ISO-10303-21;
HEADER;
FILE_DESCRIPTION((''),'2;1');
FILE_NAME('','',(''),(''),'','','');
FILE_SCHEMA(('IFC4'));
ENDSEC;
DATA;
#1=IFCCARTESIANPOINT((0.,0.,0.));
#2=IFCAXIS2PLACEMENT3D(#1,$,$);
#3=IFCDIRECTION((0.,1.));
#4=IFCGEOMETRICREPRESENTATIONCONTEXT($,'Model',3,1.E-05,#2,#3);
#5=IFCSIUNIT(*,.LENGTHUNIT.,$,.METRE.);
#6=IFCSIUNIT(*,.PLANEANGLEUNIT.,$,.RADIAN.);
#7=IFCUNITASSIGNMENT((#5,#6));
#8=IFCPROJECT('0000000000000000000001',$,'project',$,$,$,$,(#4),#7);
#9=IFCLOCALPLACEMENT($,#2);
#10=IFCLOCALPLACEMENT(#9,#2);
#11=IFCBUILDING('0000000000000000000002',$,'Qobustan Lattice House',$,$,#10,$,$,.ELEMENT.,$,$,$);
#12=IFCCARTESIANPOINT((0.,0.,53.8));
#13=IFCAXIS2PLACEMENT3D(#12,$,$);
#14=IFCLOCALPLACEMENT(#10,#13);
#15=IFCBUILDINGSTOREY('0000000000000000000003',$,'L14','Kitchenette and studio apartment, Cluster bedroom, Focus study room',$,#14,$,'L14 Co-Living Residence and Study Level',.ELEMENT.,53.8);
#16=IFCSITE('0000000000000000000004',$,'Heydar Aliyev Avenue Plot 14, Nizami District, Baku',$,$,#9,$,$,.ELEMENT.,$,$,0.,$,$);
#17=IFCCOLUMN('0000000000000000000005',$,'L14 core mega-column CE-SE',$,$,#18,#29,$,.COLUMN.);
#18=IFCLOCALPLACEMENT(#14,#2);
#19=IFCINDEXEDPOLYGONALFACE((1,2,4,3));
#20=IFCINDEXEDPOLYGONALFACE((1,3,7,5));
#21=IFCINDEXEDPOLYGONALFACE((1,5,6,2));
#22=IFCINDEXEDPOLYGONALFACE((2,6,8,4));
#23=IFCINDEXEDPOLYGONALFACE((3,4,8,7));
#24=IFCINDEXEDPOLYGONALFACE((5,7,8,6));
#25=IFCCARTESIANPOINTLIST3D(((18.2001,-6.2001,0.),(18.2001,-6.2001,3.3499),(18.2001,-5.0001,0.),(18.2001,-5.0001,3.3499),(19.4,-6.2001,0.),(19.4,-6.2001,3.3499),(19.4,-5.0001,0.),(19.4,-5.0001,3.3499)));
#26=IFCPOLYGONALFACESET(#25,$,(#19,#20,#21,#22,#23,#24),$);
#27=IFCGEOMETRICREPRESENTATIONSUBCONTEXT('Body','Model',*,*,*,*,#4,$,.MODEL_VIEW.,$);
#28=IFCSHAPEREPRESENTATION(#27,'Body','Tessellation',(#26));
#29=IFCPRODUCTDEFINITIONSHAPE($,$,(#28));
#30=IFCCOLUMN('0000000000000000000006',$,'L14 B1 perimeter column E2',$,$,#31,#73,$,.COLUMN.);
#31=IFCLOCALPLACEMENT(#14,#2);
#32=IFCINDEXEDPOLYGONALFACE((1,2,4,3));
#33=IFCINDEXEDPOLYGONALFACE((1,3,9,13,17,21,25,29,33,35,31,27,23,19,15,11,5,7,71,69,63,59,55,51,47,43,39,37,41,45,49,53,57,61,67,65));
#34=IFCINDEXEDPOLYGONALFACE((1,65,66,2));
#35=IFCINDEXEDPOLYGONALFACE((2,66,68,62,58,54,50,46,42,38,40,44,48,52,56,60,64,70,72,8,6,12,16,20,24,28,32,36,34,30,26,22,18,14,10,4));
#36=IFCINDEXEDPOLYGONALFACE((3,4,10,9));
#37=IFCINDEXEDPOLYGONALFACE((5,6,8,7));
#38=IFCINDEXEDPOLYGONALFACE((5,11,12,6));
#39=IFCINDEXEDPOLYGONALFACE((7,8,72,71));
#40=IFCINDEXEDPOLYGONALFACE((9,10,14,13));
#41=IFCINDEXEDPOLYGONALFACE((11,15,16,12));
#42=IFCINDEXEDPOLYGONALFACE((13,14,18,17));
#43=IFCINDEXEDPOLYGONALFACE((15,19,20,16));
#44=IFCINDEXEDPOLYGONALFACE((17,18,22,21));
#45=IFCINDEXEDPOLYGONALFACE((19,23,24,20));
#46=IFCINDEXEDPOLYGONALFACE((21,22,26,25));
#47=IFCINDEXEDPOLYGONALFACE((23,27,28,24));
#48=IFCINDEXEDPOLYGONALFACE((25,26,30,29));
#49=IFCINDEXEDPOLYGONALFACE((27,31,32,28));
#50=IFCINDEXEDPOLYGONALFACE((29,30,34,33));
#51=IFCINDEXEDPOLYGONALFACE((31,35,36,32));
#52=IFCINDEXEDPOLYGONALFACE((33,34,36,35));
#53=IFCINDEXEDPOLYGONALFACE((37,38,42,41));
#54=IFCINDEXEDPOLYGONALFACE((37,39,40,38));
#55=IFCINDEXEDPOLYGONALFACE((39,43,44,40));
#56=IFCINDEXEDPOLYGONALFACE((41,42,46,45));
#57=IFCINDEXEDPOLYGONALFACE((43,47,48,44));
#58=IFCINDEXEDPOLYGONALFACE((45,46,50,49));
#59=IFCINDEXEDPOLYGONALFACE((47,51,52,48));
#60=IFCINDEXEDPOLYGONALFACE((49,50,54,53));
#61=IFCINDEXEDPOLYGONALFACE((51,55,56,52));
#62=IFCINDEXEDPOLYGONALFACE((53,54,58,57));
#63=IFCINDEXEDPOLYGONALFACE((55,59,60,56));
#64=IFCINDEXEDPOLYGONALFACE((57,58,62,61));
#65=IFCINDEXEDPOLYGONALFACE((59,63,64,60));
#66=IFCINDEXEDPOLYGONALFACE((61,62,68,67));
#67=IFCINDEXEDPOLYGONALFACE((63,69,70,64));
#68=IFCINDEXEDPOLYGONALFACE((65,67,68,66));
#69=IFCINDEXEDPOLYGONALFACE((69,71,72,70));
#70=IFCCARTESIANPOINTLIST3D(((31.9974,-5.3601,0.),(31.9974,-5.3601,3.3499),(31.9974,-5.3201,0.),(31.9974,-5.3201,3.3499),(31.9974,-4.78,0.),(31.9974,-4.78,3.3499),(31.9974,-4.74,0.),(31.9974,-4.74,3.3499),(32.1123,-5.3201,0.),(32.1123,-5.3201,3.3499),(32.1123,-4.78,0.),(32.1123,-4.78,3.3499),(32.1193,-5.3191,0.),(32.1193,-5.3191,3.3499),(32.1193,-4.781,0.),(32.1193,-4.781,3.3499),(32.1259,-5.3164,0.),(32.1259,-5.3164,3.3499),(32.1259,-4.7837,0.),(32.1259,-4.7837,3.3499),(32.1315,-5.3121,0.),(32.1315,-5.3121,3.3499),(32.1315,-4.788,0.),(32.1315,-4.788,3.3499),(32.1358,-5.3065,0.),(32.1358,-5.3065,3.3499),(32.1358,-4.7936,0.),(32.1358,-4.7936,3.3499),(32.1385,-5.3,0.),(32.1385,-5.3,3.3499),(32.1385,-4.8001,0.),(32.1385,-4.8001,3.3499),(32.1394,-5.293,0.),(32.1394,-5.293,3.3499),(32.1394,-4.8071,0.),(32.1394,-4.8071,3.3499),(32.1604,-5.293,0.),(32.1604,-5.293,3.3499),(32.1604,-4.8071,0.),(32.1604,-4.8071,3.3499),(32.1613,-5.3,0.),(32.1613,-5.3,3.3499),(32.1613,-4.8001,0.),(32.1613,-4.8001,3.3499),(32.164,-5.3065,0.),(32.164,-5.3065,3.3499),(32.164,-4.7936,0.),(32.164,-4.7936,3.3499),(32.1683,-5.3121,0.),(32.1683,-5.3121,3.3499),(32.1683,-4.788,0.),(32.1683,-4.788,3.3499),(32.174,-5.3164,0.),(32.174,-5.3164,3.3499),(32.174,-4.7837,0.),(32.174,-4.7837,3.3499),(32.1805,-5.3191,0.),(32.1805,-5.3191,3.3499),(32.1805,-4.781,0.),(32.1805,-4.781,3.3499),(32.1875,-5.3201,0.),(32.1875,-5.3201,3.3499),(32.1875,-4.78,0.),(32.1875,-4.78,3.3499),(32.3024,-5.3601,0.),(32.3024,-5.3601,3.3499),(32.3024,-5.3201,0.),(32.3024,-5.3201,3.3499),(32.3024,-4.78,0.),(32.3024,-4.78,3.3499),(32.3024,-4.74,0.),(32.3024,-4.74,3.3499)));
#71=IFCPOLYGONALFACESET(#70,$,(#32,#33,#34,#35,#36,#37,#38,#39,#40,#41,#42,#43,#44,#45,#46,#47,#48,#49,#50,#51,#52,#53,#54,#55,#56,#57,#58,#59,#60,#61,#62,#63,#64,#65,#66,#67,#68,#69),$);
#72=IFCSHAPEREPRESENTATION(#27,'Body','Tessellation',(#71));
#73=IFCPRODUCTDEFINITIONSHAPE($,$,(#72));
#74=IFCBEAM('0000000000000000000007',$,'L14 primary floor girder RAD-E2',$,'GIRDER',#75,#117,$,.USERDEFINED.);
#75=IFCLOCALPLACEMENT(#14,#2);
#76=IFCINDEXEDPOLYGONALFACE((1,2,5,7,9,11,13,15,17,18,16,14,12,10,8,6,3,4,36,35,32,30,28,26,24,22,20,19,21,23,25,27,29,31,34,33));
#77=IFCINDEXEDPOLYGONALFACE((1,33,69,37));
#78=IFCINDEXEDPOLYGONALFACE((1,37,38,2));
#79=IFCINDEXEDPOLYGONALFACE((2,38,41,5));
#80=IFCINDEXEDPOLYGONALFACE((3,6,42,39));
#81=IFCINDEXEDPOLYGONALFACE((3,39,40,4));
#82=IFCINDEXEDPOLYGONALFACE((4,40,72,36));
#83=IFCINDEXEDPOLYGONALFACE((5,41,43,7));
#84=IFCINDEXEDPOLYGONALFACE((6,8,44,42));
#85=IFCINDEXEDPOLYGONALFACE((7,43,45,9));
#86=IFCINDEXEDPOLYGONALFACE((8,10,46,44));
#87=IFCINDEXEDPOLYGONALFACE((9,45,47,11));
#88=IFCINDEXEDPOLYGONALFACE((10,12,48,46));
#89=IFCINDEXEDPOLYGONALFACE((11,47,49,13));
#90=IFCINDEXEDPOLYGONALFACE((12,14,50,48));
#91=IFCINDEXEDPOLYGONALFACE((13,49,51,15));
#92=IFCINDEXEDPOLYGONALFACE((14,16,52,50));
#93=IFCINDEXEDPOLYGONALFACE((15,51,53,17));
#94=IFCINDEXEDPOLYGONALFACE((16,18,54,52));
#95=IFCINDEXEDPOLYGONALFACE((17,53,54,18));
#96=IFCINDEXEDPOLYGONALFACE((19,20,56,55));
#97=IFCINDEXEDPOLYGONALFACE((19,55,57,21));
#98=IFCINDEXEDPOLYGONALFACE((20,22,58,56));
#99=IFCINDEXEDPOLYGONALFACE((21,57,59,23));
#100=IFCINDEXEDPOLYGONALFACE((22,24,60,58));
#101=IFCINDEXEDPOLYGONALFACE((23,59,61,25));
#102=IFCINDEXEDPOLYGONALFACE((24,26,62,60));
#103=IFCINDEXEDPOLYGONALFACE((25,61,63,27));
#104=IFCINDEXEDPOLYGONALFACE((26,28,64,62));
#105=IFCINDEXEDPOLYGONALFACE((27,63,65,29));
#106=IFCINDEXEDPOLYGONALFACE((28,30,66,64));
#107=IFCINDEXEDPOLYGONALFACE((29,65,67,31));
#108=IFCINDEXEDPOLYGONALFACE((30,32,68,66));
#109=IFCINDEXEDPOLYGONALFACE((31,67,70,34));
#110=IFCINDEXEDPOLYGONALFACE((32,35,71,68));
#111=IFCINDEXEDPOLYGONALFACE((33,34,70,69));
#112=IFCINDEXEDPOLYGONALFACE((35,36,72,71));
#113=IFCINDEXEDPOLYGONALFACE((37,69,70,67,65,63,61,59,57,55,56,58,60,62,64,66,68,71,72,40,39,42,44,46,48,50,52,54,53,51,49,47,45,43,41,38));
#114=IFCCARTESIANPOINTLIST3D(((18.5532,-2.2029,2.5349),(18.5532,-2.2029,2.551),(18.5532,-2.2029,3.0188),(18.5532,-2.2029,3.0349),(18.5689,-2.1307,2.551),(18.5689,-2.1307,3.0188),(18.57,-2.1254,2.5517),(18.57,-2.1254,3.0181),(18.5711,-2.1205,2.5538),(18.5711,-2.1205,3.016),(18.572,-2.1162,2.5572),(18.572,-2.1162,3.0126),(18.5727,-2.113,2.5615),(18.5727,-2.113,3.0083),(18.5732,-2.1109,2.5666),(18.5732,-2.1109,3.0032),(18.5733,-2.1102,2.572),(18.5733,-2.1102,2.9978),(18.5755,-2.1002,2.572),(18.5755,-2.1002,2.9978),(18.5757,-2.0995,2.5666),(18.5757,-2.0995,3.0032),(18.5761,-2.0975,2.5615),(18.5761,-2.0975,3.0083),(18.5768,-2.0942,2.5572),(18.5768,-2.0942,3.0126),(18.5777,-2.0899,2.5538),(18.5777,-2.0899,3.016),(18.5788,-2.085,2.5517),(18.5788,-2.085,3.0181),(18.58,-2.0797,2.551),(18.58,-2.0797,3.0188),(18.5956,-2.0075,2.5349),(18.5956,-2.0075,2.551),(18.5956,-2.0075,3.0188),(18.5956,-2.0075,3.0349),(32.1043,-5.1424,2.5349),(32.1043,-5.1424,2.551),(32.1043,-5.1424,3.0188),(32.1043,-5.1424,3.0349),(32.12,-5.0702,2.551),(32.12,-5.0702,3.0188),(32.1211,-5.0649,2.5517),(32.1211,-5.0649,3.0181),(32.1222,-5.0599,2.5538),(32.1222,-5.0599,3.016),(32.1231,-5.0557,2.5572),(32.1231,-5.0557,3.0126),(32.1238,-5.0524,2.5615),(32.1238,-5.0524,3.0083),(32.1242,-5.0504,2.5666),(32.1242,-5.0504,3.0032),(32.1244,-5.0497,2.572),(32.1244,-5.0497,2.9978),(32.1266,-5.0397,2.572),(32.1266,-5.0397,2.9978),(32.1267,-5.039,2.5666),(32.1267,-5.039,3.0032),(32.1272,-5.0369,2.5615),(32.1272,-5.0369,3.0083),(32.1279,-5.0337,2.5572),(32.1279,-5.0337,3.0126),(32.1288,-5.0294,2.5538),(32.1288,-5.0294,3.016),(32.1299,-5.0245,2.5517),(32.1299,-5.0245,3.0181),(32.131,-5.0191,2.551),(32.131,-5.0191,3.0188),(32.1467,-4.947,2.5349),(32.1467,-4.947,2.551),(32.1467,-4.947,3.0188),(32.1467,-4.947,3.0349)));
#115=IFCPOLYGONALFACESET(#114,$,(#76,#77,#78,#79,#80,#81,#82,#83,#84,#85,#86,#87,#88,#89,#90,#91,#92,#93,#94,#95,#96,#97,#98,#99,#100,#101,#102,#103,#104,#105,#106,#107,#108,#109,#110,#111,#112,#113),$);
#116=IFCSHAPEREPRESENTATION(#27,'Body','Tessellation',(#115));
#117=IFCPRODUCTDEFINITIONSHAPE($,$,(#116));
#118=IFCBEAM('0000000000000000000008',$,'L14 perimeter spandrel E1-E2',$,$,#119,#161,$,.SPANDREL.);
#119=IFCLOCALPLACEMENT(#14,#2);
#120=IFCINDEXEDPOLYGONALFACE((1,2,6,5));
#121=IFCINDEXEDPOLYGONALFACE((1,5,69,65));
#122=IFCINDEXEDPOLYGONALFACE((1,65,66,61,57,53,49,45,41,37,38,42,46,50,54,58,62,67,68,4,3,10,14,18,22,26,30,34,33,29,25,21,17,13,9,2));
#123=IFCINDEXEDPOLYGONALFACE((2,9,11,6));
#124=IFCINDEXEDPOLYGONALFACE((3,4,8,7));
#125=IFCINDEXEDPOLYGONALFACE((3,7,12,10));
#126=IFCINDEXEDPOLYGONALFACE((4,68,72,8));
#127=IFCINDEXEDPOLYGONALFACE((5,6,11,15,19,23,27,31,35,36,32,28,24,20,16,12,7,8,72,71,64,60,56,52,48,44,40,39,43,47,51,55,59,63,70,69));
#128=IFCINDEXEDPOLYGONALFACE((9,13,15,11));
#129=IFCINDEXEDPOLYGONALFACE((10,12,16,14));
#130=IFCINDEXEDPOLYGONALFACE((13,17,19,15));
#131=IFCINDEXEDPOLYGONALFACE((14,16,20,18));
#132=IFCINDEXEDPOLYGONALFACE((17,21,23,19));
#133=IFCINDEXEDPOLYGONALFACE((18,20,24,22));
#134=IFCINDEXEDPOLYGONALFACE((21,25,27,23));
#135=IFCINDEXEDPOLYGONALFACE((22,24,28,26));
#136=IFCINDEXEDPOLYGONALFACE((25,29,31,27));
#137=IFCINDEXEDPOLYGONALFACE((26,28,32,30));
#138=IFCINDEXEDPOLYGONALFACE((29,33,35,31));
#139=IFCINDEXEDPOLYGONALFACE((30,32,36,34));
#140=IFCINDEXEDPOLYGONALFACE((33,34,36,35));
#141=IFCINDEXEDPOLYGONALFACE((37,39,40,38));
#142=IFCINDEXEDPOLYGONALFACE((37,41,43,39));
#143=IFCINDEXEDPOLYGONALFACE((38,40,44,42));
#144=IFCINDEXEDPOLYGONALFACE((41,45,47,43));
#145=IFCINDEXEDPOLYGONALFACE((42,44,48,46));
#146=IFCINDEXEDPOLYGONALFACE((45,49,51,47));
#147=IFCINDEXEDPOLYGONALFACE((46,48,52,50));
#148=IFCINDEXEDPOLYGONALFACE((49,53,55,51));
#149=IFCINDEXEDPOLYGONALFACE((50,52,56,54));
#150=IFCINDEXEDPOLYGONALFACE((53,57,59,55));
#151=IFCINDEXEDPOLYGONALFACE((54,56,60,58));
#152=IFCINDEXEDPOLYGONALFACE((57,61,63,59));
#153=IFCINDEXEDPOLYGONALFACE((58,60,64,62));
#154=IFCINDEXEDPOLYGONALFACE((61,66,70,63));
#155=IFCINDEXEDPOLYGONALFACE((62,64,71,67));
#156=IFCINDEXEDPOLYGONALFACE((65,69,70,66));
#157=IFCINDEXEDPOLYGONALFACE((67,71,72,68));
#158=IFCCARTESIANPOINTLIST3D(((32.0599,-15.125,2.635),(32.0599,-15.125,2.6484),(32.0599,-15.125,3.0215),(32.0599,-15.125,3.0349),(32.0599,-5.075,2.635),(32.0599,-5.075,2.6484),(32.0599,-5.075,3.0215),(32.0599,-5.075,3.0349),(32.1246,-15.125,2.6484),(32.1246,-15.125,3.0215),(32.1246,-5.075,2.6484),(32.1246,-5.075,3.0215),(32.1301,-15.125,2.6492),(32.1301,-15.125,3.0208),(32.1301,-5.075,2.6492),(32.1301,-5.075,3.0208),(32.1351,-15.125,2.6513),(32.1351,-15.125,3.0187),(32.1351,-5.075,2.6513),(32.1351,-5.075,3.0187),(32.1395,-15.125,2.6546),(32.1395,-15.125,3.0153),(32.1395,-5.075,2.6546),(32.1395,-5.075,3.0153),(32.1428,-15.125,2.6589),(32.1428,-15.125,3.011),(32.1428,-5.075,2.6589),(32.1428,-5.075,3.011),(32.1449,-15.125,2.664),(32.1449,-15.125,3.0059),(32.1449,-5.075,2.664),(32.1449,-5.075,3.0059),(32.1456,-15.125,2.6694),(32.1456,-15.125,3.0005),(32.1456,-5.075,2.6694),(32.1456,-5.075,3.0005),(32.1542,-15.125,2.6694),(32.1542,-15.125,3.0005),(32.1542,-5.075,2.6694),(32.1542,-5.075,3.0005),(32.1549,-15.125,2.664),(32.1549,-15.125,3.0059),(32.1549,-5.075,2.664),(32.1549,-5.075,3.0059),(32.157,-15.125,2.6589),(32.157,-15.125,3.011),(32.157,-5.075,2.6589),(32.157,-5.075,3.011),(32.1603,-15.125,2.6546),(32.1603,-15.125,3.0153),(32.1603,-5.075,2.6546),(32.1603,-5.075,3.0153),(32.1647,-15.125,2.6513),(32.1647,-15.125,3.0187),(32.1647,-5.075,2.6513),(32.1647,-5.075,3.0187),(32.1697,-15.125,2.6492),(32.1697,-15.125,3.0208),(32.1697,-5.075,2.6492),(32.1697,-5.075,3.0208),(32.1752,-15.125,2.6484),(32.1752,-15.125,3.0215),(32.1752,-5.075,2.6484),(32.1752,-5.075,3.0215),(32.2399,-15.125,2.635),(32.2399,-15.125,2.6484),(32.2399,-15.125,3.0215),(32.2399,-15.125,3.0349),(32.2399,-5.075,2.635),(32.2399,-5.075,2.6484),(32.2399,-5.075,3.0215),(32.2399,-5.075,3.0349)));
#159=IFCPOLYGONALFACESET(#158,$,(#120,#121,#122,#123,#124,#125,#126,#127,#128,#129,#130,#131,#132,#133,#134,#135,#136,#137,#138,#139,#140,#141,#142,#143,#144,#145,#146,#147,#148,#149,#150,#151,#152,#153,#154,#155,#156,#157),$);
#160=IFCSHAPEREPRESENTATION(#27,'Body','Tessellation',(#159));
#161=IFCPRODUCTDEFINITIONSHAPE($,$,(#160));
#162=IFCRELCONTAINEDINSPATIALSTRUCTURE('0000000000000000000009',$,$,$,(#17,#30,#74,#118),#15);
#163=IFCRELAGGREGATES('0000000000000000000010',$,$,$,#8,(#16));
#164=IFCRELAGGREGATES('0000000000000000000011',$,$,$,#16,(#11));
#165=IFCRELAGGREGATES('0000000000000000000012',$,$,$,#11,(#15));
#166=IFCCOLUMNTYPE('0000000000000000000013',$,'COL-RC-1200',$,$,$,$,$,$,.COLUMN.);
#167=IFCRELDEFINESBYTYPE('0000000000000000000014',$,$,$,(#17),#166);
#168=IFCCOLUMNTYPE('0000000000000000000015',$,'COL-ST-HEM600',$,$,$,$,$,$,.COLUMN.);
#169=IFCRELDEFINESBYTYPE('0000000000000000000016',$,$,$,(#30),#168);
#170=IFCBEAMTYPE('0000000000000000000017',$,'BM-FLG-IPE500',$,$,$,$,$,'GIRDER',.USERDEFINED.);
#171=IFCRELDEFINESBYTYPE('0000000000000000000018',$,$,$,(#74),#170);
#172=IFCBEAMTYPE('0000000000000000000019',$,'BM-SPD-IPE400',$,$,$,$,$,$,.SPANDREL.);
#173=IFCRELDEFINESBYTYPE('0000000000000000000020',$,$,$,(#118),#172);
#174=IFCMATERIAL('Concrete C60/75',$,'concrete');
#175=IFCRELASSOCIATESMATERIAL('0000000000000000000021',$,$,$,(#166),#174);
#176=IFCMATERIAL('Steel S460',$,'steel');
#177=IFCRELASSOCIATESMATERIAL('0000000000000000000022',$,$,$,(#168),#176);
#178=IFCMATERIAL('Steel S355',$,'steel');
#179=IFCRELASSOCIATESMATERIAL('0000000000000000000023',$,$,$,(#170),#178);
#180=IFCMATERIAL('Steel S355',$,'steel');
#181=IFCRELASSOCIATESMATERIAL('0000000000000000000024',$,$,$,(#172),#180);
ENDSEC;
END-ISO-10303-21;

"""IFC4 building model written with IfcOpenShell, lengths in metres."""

from ifc_helpers import new_model, si_unit, direction, frame, origin, origin_2d, place, context, subcontext, project, spatial, rectangle, i_section, extrude, material, material_profile, profile_set, type_object, element, save


model = new_model("IFC4")

# Units and contexts
model_context = context("Model", 3, precision=1e-05, world=origin(), true_north=direction((0.0, 1.0)))
body_context = subcontext(model_context, "Body", "Model", "MODEL_VIEW")
ifc_project = project(units=[si_unit("LENGTHUNIT", "METRE"), si_unit("PLANEANGLEUNIT", "RADIAN")], contexts=[model_context])

# Site, building, storey
site_placement = place(None, origin())
site = spatial("IfcSite", under=ifc_project, at=site_placement, Name="Heydar Aliyev Avenue Plot 14, Nizami District, Baku", CompositionType="ELEMENT", RefElevation=0.0)
building_placement = place(site_placement, origin())
building = spatial("IfcBuilding", under=site, at=building_placement, Name="Qobustan Lattice House", CompositionType="ELEMENT")
storey_placement = place(building_placement, frame((0.0, 0.0, 53.8)))
storey = spatial("IfcBuildingStorey", under=building, at=storey_placement, Name="L14", Description="Kitchenette and studio apartment, Cluster bedroom, Focus study room", LongName="L14 Co-Living Residence and Study Level", CompositionType="ELEMENT", Elevation=53.8)

# Columns
ifc_material_1 = material(Name="Concrete C60/75", Category="concrete")
ifc_material_profile_1 = material_profile(ifc_material_1, rectangle(XDim=1.2, YDim=1.2, at=origin_2d()), Name="RC1200x1200")
ifc_profile_set_1 = profile_set([ifc_material_profile_1], Name="Concrete C60/75")
column_type_1 = type_object("IfcColumnType", Name="COL-RC-1200", PredefinedType="COLUMN", material=ifc_profile_set_1)
column_1_placement = place(storey_placement, frame((18.8, -5.6001, 0.0), z_axis=(0.0, 0.0, 1.0), x_axis=(1.0, 0.0, 0.0)))
element("IfcColumn", 1, at=column_1_placement, inside=storey, type_object=column_type_1, Name="L14 core mega-column CE-SE", PredefinedType="COLUMN", context=body_context, shape_type="SweptSolid", body=[
    extrude(rectangle(XDim=1.2, YDim=1.2, at=origin_2d()), origin(), (0.0, 0.0, 1.0), 3.3499),
])
ifc_material_2 = material(Name="Steel S460", Category="steel")
ifc_material_profile_2 = material_profile(ifc_material_2, i_section(OverallWidth=0.3049, OverallDepth=0.6201, WebThickness=0.021, FlangeThickness=0.04, FilletRadius=0.0271, at=origin_2d()), Name="HEM600")
ifc_profile_set_2 = profile_set([ifc_material_profile_2], Name="Steel S460")
column_type_2 = type_object("IfcColumnType", Name="COL-ST-HEM600", PredefinedType="COLUMN", material=ifc_profile_set_2)
column_2_placement = place(storey_placement, frame((32.1499, -5.05, 0.0), z_axis=(0.0, 0.0, 1.0), x_axis=(1.0, 0.0, 0.0)))
element("IfcColumn", 2, at=column_2_placement, inside=storey, type_object=column_type_2, Name="L14 B1 perimeter column E2", PredefinedType="COLUMN", context=body_context, shape_type="SweptSolid", body=[
    extrude(i_section(OverallWidth=0.3049, OverallDepth=0.6201, WebThickness=0.021, FlangeThickness=0.04, FilletRadius=0.0271, at=origin_2d()), origin(), (0.0, 0.0, 1.0), 3.3499),
])

# Beams
ifc_material_3 = material(Name="Steel S355", Category="steel")
ifc_material_profile_3 = material_profile(ifc_material_3, i_section(OverallWidth=0.2, OverallDepth=0.5, WebThickness=0.0103, FlangeThickness=0.0161, FilletRadius=0.021, at=origin_2d()), Name="IPE500")
ifc_profile_set_3 = profile_set([ifc_material_profile_3], Name="Steel S355")
beam_type_1 = type_object("IfcBeamType", Name="BM-FLG-IPE500", ElementType="GIRDER", PredefinedType="USERDEFINED", material=ifc_profile_set_3)
beam_1_placement = place(storey_placement, frame((32.1255, -5.0447, 2.7849), z_axis=(-0.977272, 0.211987, 0.0), x_axis=(-0.211987, -0.977272, 0.0)))
element("IfcBeam", 3, at=beam_1_placement, inside=storey, type_object=beam_type_1, Name="L14 primary floor girder RAD-E2", ObjectType="GIRDER", PredefinedType="USERDEFINED", context=body_context, shape_type="SweptSolid", body=[
    extrude(i_section(OverallWidth=0.2, OverallDepth=0.5, WebThickness=0.0103, FlangeThickness=0.0161, FilletRadius=0.021, at=origin_2d()), origin(), (0.0, 0.0, 1.0), 13.8662),
])
ifc_material_4 = material(Name="Steel S355", Category="steel")
ifc_material_profile_4 = material_profile(ifc_material_4, i_section(OverallWidth=0.1799, OverallDepth=0.3999, WebThickness=0.0085, FlangeThickness=0.0134, FilletRadius=0.021, at=origin_2d()), Name="IPE400")
ifc_profile_set_4 = profile_set([ifc_material_profile_4], Name="Steel S355")
beam_type_2 = type_object("IfcBeamType", Name="BM-SPD-IPE400", PredefinedType="SPANDREL", material=ifc_profile_set_4)
beam_2_placement = place(storey_placement, frame((32.1499, -15.125, 2.835), z_axis=(0.0, 1.0, 0.0), x_axis=(-1.0, 0.0, 0.0)))
element("IfcBeam", 4, at=beam_2_placement, inside=storey, type_object=beam_type_2, Name="L14 perimeter spandrel E1-E2", PredefinedType="SPANDREL", context=body_context, shape_type="SweptSolid", body=[
    extrude(i_section(OverallWidth=0.1799, OverallDepth=0.3999, WebThickness=0.0085, FlangeThickness=0.0134, FilletRadius=0.021, at=origin_2d()), origin(), (0.0, 0.0, 1.0), 10.05),
])

save(model, "model.ifc")
